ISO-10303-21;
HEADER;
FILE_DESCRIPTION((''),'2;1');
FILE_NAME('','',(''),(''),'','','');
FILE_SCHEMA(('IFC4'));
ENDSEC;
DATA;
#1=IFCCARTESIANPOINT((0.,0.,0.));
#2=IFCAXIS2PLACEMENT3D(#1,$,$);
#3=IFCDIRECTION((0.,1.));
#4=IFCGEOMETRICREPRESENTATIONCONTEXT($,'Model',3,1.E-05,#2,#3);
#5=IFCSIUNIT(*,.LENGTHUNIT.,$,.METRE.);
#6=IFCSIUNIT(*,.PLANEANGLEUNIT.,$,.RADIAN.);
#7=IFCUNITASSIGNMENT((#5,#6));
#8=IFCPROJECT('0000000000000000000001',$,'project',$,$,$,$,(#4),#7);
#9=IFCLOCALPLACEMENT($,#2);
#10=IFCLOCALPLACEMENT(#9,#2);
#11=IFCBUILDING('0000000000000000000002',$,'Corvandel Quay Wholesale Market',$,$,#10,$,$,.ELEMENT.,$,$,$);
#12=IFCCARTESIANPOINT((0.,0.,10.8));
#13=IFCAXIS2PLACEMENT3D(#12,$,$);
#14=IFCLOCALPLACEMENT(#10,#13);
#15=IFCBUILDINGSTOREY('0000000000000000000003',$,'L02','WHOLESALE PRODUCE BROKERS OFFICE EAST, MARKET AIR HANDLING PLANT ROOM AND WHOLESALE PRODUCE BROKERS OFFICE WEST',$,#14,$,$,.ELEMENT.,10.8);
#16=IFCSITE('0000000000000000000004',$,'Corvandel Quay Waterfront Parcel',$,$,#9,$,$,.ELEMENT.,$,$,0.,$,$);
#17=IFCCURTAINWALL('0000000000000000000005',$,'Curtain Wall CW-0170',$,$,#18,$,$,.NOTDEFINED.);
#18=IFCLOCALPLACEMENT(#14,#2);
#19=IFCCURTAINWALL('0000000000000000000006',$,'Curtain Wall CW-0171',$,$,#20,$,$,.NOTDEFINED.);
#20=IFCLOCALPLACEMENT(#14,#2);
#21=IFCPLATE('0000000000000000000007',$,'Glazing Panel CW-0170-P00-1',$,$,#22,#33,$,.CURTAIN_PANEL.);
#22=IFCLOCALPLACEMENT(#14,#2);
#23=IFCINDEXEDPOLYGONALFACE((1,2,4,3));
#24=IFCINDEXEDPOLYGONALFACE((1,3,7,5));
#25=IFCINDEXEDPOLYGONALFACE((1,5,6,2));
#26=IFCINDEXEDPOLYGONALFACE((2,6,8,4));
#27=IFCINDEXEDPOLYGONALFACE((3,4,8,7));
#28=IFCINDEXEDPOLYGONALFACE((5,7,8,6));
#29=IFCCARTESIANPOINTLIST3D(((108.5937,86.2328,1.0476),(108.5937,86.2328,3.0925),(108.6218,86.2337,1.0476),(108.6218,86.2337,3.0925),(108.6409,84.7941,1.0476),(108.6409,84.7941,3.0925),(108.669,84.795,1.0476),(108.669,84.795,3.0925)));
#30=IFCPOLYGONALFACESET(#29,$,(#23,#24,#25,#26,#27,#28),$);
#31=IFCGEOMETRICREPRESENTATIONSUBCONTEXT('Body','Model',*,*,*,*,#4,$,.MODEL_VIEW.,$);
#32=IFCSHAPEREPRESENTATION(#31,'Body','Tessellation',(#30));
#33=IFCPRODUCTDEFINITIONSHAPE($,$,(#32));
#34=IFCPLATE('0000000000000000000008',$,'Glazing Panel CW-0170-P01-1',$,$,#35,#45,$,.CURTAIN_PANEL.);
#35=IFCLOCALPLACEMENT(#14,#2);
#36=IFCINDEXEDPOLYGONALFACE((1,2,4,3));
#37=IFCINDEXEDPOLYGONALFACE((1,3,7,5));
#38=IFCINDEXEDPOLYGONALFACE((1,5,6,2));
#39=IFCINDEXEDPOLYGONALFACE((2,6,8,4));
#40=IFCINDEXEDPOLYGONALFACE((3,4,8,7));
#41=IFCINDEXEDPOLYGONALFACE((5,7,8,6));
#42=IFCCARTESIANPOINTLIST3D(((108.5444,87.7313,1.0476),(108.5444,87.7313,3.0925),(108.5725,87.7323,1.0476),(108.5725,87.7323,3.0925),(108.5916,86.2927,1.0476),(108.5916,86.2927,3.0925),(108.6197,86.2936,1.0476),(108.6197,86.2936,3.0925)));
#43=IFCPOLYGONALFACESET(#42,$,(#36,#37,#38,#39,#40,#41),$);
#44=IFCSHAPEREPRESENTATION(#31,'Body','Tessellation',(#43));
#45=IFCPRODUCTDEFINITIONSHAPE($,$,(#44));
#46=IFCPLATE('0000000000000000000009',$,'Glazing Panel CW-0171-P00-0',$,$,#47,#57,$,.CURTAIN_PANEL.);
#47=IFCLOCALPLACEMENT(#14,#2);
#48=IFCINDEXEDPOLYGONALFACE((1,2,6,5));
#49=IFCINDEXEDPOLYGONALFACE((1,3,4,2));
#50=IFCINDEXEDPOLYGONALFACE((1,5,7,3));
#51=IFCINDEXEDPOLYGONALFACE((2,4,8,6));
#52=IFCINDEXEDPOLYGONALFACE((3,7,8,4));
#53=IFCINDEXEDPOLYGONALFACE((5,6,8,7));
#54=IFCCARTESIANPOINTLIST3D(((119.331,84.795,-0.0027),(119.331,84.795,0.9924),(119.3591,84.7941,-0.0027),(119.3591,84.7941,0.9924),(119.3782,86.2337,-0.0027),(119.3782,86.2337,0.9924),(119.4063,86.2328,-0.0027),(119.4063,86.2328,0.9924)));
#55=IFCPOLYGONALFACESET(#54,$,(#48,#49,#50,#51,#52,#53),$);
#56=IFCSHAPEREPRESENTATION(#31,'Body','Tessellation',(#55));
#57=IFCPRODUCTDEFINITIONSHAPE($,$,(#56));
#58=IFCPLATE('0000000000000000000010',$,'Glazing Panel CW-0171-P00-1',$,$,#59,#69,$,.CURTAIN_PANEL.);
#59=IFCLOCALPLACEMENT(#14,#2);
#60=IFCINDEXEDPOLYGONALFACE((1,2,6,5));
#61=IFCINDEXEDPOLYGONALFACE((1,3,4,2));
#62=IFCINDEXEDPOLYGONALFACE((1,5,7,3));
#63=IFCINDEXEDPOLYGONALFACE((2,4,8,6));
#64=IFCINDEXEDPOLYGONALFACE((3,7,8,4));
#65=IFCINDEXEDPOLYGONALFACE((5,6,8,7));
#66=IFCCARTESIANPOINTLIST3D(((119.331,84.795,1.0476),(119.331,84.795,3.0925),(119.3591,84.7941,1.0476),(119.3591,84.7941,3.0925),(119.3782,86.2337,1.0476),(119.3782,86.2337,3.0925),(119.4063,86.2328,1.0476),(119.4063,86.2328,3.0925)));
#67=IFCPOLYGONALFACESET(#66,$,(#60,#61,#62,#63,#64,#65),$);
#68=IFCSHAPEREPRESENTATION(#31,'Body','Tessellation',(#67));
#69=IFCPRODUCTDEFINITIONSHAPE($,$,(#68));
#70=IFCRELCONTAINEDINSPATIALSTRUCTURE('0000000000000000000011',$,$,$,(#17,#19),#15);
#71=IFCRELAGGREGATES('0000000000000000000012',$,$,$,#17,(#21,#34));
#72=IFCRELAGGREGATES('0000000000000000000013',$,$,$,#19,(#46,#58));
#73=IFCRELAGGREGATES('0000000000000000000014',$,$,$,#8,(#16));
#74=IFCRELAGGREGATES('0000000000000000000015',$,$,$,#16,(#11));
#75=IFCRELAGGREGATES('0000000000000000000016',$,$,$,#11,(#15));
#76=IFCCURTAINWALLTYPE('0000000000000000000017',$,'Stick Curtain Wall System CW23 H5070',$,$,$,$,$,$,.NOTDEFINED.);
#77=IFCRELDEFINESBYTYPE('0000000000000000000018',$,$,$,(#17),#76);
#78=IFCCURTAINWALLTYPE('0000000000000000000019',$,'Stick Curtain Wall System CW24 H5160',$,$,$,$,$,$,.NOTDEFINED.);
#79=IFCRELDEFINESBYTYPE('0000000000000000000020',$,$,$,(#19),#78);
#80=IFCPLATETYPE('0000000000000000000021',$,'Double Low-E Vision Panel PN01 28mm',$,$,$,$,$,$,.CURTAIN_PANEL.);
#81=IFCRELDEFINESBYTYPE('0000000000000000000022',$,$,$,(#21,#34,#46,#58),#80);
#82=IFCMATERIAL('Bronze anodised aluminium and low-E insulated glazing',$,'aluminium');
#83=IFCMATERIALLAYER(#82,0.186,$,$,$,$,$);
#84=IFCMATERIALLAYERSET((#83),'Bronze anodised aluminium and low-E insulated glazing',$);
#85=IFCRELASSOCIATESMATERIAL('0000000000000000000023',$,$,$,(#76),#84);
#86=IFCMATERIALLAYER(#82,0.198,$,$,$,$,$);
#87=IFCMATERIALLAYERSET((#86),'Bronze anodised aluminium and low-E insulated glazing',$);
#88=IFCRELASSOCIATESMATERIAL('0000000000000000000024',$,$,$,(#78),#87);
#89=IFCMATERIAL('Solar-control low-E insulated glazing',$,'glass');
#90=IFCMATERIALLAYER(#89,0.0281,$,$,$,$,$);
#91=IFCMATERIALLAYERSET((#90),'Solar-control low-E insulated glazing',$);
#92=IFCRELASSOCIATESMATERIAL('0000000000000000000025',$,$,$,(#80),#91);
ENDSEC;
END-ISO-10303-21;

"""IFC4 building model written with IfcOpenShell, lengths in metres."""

from ifc_helpers import new_model, si_unit, direction, frame, origin, origin_2d, place, context, subcontext, project, spatial, rectangle, extrude, material, layer, layer_set, type_object, element, aggregate, save


model = new_model("IFC4")

# Units and contexts
model_context = context("Model", 3, precision=1e-05, world=origin(), true_north=direction((0.0, 1.0)))
body_context = subcontext(model_context, "Body", "Model", "MODEL_VIEW")
ifc_project = project(units=[si_unit("LENGTHUNIT", "METRE"), si_unit("PLANEANGLEUNIT", "RADIAN")], contexts=[model_context])

# Site, building, storey
site_placement = place(None, origin())
site = spatial("IfcSite", under=ifc_project, at=site_placement, Name="Corvandel Quay Waterfront Parcel", CompositionType="ELEMENT", RefElevation=0.0)
building_placement = place(site_placement, origin())
building = spatial("IfcBuilding", under=site, at=building_placement, Name="Corvandel Quay Wholesale Market", CompositionType="ELEMENT")
storey_placement = place(building_placement, frame((0.0, 0.0, 10.8)))
storey = spatial("IfcBuildingStorey", under=building, at=storey_placement, Name="L02", Description="WHOLESALE PRODUCE BROKERS OFFICE EAST, MARKET AIR HANDLING PLANT ROOM AND WHOLESALE PRODUCE BROKERS OFFICE WEST", CompositionType="ELEMENT", Elevation=10.8)

# Curtain walls
ifc_material_1 = material(Name="Bronze anodised aluminium and low-E insulated glazing", Category="aluminium")
ifc_layer_1 = layer(ifc_material_1, 0.186)
ifc_layer_set_1 = layer_set([ifc_layer_1], Name="Bronze anodised aluminium and low-E insulated glazing")
curtain_wall_type_1 = type_object("IfcCurtainWallType", Name="Stick Curtain Wall System CW23 H5070", PredefinedType="NOTDEFINED", material=ifc_layer_set_1)
curtain_wall_1_placement = place(storey_placement, origin())
curtain_wall_1 = element("IfcCurtainWall", 1, at=curtain_wall_1_placement, inside=storey, type_object=curtain_wall_type_1, Name="Curtain Wall CW-0170", PredefinedType="NOTDEFINED")
ifc_layer_2 = layer(ifc_material_1, 0.198)
ifc_layer_set_2 = layer_set([ifc_layer_2], Name="Bronze anodised aluminium and low-E insulated glazing")
curtain_wall_type_2 = type_object("IfcCurtainWallType", Name="Stick Curtain Wall System CW24 H5160", PredefinedType="NOTDEFINED", material=ifc_layer_set_2)
curtain_wall_2_placement = place(storey_placement, origin())
curtain_wall_2 = element("IfcCurtainWall", 2, at=curtain_wall_2_placement, inside=storey, type_object=curtain_wall_type_2, Name="Curtain Wall CW-0171", PredefinedType="NOTDEFINED")

# Plates
ifc_material_2 = material(Name="Solar-control low-E insulated glazing", Category="glass")
ifc_layer_3 = layer(ifc_material_2, 0.0281)
ifc_layer_set_3 = layer_set([ifc_layer_3], Name="Solar-control low-E insulated glazing")
plate_type_1 = type_object("IfcPlateType", Name="Double Low-E Vision Panel PN01 28mm", PredefinedType="CURTAIN_PANEL", material=ifc_layer_set_3)
plate_1_placement = place(storey_placement, frame((108.6313, 85.5139, 1.0476), z_axis=(0.0, 0.0, 1.0), x_axis=(-0.032806, 0.999462, 0.0)))
plate_1 = element("IfcPlate", 3, at=plate_1_placement, type_object=plate_type_1, Name="Glazing Panel CW-0170-P00-1", PredefinedType="CURTAIN_PANEL", context=body_context, shape_type="SweptSolid", body=[
    extrude(rectangle(XDim=1.4395, YDim=0.0281, at=origin_2d()), origin(), (0.0, 0.0, 1.0), 2.0449),
])
plate_2_placement = place(storey_placement, frame((108.582, 87.0125, 1.0476), z_axis=(0.0, 0.0, 1.0), x_axis=(-0.032806, 0.999462, 0.0)))
plate_2 = element("IfcPlate", 4, at=plate_2_placement, type_object=plate_type_1, Name="Glazing Panel CW-0170-P01-1", PredefinedType="CURTAIN_PANEL", context=body_context, shape_type="SweptSolid", body=[
    extrude(rectangle(XDim=1.4395, YDim=0.0281, at=origin_2d()), origin(), (0.0, 0.0, 1.0), 2.0449),
])
aggregate(curtain_wall_1, [plate_1, plate_2])
plate_3_placement = place(storey_placement, frame((119.3687, 85.5139, -0.0027), z_axis=(0.0, 0.0, 1.0), x_axis=(0.032806, 0.999462, 0.0)))
plate_3 = element("IfcPlate", 5, at=plate_3_placement, type_object=plate_type_1, Name="Glazing Panel CW-0171-P00-0", PredefinedType="CURTAIN_PANEL", context=body_context, shape_type="SweptSolid", body=[
    extrude(rectangle(XDim=1.4395, YDim=0.0281, at=origin_2d()), origin(), (0.0, 0.0, 1.0), 0.9951),
])
plate_4_placement = place(storey_placement, frame((119.3687, 85.5139, 1.0476), z_axis=(0.0, 0.0, 1.0), x_axis=(0.032806, 0.999462, 0.0)))
plate_4 = element("IfcPlate", 6, at=plate_4_placement, type_object=plate_type_1, Name="Glazing Panel CW-0171-P00-1", PredefinedType="CURTAIN_PANEL", context=body_context, shape_type="SweptSolid", body=[
    extrude(rectangle(XDim=1.4395, YDim=0.0281, at=origin_2d()), origin(), (0.0, 0.0, 1.0), 2.0449),
])
aggregate(curtain_wall_2, [plate_3, plate_4])

save(model, "model.ifc")
